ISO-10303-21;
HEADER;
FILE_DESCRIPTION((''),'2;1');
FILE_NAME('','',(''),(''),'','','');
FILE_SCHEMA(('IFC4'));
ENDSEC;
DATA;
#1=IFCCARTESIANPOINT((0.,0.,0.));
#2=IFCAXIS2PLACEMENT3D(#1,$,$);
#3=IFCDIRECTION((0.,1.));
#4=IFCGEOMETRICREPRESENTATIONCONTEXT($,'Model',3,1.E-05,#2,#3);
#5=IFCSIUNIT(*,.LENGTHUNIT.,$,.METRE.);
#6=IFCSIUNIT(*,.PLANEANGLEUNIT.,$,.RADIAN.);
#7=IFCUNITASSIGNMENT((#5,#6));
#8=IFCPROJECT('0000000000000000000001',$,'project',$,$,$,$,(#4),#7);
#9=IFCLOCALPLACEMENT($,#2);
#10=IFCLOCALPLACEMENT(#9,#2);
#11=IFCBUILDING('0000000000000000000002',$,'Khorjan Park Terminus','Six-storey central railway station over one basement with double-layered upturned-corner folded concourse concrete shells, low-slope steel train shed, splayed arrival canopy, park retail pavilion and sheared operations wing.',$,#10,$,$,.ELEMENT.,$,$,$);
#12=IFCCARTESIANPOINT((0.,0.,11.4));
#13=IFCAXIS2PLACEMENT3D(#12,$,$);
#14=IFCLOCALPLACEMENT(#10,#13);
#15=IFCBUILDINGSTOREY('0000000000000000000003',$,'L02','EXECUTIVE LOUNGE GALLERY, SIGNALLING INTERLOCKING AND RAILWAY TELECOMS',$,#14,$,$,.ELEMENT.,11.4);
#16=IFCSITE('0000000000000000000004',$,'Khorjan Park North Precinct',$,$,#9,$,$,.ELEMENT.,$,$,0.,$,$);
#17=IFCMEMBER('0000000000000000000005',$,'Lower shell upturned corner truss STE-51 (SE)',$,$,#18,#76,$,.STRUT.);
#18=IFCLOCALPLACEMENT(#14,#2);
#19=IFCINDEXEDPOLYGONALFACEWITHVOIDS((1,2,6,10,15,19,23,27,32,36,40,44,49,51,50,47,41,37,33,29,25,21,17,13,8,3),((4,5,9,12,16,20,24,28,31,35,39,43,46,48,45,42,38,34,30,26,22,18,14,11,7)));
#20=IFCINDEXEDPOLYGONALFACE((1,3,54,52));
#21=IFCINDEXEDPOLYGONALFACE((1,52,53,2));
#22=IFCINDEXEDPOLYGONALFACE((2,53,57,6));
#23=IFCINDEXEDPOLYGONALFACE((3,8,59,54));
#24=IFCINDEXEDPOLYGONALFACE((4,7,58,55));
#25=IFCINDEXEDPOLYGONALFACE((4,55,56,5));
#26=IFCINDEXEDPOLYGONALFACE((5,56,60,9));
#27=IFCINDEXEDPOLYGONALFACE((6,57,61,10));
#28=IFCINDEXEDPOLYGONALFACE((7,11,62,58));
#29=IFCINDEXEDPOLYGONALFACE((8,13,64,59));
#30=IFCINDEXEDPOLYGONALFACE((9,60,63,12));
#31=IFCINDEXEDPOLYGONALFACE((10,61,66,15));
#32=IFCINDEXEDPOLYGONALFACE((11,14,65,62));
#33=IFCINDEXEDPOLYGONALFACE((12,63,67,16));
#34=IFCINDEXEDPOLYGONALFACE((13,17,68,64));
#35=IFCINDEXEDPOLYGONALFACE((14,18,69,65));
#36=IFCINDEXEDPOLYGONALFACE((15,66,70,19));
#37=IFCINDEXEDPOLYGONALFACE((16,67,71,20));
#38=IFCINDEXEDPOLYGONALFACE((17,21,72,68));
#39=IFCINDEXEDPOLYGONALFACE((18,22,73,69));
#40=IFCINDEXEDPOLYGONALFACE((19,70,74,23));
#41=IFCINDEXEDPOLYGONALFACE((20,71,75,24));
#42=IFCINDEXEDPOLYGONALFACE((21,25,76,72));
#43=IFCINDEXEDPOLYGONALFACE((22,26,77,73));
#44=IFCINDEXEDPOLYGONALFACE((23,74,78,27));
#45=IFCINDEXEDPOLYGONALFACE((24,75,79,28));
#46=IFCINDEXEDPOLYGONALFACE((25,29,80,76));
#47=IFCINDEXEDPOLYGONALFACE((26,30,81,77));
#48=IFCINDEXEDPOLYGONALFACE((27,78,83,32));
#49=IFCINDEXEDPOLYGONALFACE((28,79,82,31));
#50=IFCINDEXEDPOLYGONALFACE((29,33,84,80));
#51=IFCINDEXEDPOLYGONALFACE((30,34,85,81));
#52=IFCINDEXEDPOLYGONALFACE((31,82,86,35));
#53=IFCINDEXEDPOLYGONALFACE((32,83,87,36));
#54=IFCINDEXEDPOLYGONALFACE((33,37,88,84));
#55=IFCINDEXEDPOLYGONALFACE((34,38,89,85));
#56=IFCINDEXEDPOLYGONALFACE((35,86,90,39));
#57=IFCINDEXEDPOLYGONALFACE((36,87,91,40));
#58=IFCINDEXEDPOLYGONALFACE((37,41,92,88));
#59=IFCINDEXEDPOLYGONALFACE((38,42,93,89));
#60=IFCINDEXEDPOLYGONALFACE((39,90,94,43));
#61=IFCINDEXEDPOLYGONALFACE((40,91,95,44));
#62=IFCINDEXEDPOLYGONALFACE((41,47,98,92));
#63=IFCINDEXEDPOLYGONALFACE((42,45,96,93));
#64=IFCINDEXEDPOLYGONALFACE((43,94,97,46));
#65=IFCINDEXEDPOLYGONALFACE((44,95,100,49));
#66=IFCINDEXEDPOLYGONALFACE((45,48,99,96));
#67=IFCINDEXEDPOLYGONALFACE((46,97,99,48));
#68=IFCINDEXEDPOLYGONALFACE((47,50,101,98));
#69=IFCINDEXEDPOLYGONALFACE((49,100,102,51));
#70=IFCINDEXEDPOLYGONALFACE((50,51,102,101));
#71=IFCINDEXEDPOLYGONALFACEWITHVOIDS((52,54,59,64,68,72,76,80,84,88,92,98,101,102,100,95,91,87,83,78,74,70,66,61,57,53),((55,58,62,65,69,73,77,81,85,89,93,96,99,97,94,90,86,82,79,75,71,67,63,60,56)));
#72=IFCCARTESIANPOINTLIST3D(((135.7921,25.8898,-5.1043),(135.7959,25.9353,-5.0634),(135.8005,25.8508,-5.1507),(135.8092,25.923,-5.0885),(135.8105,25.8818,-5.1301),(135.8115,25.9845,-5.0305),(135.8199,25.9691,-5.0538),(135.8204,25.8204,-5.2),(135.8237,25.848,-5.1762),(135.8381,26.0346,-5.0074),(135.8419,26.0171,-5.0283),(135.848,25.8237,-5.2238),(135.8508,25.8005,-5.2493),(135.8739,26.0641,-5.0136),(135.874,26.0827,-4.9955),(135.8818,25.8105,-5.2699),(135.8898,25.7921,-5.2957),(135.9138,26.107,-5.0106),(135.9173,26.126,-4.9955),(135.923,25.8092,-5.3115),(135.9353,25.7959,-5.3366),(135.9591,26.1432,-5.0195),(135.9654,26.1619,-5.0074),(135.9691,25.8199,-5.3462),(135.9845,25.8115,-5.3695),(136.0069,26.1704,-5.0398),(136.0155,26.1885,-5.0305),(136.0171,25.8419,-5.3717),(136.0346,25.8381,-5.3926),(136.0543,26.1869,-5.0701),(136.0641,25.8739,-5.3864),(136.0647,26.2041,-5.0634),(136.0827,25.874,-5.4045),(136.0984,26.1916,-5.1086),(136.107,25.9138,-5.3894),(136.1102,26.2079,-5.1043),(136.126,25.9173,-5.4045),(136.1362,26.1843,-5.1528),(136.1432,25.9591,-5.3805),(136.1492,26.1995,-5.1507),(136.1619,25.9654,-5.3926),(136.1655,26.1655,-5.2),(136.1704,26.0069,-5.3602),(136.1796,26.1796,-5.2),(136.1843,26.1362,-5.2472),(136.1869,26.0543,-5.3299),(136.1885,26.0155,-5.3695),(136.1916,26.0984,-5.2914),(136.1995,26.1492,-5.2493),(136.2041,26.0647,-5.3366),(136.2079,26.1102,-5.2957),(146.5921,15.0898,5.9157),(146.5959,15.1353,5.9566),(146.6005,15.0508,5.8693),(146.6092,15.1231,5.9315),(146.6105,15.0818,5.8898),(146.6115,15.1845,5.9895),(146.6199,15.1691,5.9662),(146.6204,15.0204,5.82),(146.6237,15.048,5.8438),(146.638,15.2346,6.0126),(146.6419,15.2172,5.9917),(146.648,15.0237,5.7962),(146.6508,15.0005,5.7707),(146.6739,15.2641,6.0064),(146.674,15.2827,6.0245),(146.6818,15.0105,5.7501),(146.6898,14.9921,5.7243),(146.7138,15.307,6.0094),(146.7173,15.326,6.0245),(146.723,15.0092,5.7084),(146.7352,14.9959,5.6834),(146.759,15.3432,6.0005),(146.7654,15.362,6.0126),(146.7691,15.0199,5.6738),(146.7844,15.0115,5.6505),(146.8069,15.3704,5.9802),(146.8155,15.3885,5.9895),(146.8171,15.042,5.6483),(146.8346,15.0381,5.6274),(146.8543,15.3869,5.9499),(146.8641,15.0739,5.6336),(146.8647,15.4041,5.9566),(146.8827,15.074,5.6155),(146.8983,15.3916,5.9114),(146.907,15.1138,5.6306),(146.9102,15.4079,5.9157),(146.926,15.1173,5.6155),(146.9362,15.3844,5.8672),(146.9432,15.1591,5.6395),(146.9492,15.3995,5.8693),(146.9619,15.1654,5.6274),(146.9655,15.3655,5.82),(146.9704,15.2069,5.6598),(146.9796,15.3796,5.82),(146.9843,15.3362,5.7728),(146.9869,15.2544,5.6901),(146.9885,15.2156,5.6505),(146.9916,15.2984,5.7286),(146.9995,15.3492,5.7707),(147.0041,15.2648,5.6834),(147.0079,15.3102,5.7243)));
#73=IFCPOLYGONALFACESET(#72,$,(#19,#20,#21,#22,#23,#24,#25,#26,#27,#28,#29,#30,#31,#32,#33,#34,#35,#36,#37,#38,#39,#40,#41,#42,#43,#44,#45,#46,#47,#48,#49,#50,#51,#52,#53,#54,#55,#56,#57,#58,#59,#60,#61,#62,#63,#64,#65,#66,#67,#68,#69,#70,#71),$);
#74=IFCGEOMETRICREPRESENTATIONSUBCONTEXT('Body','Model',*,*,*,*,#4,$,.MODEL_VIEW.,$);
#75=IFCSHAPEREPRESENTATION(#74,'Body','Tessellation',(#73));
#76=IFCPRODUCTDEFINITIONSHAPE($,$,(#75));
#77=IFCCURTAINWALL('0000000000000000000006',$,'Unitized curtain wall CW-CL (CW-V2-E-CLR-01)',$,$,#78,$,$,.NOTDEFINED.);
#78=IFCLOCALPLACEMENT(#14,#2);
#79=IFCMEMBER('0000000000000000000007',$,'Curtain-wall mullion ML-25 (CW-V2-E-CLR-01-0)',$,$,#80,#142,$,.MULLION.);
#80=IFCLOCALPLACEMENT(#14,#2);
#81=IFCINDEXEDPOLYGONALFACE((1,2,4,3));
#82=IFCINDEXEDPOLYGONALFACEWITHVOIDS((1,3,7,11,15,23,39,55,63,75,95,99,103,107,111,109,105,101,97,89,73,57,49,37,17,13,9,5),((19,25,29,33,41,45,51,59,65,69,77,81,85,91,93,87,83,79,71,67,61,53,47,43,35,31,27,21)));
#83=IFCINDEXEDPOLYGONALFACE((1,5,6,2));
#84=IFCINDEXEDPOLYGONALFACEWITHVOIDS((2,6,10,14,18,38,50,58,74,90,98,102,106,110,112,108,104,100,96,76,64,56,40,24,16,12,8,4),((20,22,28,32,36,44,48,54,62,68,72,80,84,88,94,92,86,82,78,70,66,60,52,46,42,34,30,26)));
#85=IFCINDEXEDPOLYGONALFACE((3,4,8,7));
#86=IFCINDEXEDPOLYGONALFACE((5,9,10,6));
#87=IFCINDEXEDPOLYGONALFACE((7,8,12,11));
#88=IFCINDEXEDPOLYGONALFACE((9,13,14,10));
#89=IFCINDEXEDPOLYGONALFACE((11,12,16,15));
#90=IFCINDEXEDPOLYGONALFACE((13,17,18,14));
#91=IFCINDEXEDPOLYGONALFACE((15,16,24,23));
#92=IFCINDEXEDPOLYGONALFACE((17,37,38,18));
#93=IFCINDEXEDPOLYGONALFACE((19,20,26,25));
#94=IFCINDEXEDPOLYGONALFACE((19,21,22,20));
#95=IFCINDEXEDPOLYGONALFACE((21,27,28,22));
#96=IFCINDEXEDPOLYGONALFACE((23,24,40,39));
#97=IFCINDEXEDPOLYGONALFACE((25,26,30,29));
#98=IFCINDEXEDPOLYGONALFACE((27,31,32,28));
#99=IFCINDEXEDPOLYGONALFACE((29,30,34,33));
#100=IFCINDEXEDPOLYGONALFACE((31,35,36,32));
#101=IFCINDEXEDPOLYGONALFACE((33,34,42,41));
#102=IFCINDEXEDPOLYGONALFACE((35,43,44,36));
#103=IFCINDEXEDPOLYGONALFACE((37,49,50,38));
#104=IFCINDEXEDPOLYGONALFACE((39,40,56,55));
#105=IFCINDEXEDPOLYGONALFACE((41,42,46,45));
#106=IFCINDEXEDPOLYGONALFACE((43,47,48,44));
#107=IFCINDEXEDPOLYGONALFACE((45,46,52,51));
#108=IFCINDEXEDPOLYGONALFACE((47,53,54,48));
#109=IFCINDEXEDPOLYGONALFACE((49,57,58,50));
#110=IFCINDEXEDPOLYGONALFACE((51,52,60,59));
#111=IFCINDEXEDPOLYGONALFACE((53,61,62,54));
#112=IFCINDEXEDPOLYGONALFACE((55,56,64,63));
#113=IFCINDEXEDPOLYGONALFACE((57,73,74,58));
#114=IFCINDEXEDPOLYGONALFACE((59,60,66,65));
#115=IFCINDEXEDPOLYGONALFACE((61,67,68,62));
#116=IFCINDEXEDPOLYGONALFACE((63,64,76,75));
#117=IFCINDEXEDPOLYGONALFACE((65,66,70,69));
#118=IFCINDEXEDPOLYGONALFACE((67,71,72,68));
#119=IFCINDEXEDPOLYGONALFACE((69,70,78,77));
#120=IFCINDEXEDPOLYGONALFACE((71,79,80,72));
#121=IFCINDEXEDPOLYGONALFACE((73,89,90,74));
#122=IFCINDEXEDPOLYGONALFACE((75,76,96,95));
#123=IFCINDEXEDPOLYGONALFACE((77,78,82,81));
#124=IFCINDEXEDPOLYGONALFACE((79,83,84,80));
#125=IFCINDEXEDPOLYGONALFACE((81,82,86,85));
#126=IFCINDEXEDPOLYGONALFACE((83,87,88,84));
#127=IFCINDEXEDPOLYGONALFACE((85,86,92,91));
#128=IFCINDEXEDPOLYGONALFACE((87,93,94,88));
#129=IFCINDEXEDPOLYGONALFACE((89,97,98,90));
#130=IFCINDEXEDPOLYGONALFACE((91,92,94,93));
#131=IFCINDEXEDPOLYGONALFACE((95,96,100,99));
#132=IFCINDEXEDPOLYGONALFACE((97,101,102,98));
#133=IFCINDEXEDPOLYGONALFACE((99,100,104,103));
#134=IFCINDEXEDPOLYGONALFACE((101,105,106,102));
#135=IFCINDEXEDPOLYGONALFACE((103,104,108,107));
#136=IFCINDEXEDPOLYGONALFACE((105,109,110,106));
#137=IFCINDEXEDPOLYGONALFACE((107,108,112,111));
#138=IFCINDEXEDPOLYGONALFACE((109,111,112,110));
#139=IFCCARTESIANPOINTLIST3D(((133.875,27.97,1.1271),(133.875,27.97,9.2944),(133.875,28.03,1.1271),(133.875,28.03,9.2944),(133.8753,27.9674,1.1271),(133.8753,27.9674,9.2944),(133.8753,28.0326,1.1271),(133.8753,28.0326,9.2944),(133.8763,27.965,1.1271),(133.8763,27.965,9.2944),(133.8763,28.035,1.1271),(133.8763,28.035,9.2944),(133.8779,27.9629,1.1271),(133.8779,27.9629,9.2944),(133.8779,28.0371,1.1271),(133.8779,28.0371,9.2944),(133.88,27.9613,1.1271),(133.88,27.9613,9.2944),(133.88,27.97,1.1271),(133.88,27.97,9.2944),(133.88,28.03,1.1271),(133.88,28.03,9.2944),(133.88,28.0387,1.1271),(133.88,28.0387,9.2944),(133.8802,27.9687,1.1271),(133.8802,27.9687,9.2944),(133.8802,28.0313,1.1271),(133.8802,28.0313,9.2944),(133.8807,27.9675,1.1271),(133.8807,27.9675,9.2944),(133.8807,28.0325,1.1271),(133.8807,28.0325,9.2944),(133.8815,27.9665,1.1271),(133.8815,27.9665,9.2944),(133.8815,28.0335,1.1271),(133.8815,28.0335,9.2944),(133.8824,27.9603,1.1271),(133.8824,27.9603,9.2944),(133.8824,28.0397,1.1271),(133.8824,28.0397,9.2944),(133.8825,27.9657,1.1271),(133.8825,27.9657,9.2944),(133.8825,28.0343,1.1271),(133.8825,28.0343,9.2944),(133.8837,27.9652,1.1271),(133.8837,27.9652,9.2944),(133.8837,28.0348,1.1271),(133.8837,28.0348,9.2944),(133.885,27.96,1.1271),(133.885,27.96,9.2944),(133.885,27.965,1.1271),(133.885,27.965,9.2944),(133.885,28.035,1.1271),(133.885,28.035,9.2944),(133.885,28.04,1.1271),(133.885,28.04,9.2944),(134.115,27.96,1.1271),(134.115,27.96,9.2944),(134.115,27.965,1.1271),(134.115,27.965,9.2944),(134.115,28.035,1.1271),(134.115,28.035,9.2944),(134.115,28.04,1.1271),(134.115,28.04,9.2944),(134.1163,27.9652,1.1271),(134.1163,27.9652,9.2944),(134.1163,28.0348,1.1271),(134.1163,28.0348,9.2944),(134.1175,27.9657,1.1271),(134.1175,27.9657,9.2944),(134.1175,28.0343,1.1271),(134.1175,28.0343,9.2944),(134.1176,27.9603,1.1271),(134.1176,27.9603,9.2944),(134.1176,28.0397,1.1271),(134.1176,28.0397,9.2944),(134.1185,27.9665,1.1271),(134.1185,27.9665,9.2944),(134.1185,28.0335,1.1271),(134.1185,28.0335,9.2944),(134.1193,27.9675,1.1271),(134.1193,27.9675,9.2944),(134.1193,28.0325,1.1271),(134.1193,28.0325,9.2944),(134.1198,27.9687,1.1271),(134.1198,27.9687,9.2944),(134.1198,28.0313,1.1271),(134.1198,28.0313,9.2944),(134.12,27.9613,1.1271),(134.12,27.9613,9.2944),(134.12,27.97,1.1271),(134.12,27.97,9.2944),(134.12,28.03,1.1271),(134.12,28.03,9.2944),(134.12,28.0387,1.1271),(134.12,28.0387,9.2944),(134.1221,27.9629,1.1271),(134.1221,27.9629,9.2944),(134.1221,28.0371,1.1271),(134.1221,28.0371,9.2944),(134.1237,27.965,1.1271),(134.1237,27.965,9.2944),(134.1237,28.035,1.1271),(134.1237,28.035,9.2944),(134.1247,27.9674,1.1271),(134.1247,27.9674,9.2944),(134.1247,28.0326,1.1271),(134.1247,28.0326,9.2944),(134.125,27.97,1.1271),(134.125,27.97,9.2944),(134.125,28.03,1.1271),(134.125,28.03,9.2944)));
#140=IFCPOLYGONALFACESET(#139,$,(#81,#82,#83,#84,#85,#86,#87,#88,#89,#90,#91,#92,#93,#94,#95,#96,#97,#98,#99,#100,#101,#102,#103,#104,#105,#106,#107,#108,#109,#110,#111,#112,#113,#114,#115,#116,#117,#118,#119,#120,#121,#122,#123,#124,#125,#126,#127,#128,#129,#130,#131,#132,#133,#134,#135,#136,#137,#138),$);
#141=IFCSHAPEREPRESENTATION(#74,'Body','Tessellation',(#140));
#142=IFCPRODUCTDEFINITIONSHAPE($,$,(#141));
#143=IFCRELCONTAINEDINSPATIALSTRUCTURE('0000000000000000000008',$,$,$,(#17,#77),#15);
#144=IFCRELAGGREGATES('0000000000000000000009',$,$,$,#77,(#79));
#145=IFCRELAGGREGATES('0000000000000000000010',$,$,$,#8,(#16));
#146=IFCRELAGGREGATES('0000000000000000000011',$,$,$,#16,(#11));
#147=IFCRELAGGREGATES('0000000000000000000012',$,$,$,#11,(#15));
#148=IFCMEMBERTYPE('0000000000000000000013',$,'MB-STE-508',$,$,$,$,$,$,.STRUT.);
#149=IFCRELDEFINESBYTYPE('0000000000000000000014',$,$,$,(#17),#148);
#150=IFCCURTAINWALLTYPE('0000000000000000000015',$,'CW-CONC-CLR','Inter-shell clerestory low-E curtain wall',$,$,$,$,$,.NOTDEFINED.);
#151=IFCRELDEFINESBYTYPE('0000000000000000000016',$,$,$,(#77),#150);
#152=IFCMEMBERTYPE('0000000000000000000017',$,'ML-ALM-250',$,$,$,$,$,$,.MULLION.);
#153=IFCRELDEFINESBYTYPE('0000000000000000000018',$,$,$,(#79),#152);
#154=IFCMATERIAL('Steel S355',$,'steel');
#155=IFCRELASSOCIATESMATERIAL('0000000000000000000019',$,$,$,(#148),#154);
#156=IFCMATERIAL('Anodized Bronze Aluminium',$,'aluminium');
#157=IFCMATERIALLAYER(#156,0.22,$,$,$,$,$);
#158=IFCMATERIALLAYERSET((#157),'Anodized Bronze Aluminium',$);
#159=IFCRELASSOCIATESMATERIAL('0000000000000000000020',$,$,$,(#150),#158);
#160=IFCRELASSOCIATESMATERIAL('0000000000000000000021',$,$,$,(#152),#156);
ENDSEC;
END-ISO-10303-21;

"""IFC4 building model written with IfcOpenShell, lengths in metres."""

from ifc_helpers import new_model, si_unit, direction, frame, origin, origin_2d, place, context, subcontext, project, spatial, hollow_rectangle, hollow_circle, extrude, material, layer, layer_set, material_profile, profile_set, type_object, element, aggregate, save


model = new_model("IFC4")

# Units and contexts
model_context = context("Model", 3, precision=1e-05, world=origin(), true_north=direction((0.0, 1.0)))
body_context = subcontext(model_context, "Body", "Model", "MODEL_VIEW")
ifc_project = project(units=[si_unit("LENGTHUNIT", "METRE"), si_unit("PLANEANGLEUNIT", "RADIAN")], contexts=[model_context])

# Site, building, storey
site_placement = place(None, origin())
site = spatial("IfcSite", under=ifc_project, at=site_placement, Name="Khorjan Park North Precinct", CompositionType="ELEMENT", RefElevation=0.0)
building_placement = place(site_placement, origin())
building = spatial("IfcBuilding", under=site, at=building_placement, Name="Khorjan Park Terminus", Description="Six-storey central railway station over one basement with double-layered upturned-corner folded concourse concrete shells, low-slope steel train shed, splayed arrival canopy, park retail pavilion and sheared operations wing.", CompositionType="ELEMENT")
storey_placement = place(building_placement, frame((0.0, 0.0, 11.4)))
storey = spatial("IfcBuildingStorey", under=building, at=storey_placement, Name="L02", Description="EXECUTIVE LOUNGE GALLERY, SIGNALLING INTERLOCKING AND RAILWAY TELECOMS", CompositionType="ELEMENT", Elevation=11.4)

# Member
ifc_material_1 = material(Name="Steel S355", Category="steel")
ifc_material_profile_1 = material_profile(ifc_material_1, hollow_circle(Radius=0.254, WallThickness=0.02, at=origin_2d()), Name="CHS 508x20")
ifc_profile_set_1 = profile_set([ifc_material_profile_1], Name="Steel S355")
member_type_1 = type_object("IfcMemberType", Name="MB-STE-508", PredefinedType="STRUT", material=ifc_profile_set_1)
member_1_placement = place(storey_placement, frame((136.0, 26.0, -5.2), z_axis=(0.57343, -0.57343, 0.585111), x_axis=(0.707107, 0.707107, 0.0)))
element("IfcMember", 1, at=member_1_placement, inside=storey, type_object=member_type_1, Name="Lower shell upturned corner truss STE-51 (SE)", PredefinedType="STRUT", context=body_context, shape_type="SweptSolid", body=[
    extrude(hollow_circle(Radius=0.254, WallThickness=0.02, at=origin_2d()), origin(), (0.0, 0.0, 1.0), 18.834),
])

# Curtain wall, member
ifc_material_2 = material(Name="Anodized Bronze Aluminium", Category="aluminium")
ifc_layer_1 = layer(ifc_material_2, 0.22)
ifc_layer_set_1 = layer_set([ifc_layer_1], Name="Anodized Bronze Aluminium")
curtain_wall_type = type_object("IfcCurtainWallType", Name="CW-CONC-CLR", Description="Inter-shell clerestory low-E curtain wall", PredefinedType="NOTDEFINED", material=ifc_layer_set_1)
curtain_wall_placement = place(storey_placement, origin())
curtain_wall = element("IfcCurtainWall", 2, at=curtain_wall_placement, inside=storey, type_object=curtain_wall_type, Name="Unitized curtain wall CW-CL (CW-V2-E-CLR-01)", PredefinedType="NOTDEFINED")
ifc_material_profile_2 = material_profile(ifc_material_2, hollow_rectangle(XDim=0.08, YDim=0.25, WallThickness=0.005, InnerFilletRadius=0.005, OuterFilletRadius=0.01, at=origin_2d()), Name="ALM 80x250x5")
ifc_profile_set_2 = profile_set([ifc_material_profile_2], Name="Anodized Bronze Aluminium")
member_type_2 = type_object("IfcMemberType", Name="ML-ALM-250", PredefinedType="MULLION", material=ifc_profile_set_2)
member_2_placement = place(storey_placement, frame((134.0, 28.0, 1.1271), z_axis=(0.0, 0.0, 1.0), x_axis=(0.0, 1.0, 0.0)))
member_2 = element("IfcMember", 3, at=member_2_placement, type_object=member_type_2, Name="Curtain-wall mullion ML-25 (CW-V2-E-CLR-01-0)", PredefinedType="MULLION", context=body_context, shape_type="SweptSolid", body=[
    extrude(hollow_rectangle(XDim=0.08, YDim=0.25, WallThickness=0.005, InnerFilletRadius=0.005, OuterFilletRadius=0.01, at=origin_2d()), origin(), (0.0, 0.0, 1.0), 8.1673),
])

aggregate(curtain_wall, [member_2])

save(model, "model.ifc")
